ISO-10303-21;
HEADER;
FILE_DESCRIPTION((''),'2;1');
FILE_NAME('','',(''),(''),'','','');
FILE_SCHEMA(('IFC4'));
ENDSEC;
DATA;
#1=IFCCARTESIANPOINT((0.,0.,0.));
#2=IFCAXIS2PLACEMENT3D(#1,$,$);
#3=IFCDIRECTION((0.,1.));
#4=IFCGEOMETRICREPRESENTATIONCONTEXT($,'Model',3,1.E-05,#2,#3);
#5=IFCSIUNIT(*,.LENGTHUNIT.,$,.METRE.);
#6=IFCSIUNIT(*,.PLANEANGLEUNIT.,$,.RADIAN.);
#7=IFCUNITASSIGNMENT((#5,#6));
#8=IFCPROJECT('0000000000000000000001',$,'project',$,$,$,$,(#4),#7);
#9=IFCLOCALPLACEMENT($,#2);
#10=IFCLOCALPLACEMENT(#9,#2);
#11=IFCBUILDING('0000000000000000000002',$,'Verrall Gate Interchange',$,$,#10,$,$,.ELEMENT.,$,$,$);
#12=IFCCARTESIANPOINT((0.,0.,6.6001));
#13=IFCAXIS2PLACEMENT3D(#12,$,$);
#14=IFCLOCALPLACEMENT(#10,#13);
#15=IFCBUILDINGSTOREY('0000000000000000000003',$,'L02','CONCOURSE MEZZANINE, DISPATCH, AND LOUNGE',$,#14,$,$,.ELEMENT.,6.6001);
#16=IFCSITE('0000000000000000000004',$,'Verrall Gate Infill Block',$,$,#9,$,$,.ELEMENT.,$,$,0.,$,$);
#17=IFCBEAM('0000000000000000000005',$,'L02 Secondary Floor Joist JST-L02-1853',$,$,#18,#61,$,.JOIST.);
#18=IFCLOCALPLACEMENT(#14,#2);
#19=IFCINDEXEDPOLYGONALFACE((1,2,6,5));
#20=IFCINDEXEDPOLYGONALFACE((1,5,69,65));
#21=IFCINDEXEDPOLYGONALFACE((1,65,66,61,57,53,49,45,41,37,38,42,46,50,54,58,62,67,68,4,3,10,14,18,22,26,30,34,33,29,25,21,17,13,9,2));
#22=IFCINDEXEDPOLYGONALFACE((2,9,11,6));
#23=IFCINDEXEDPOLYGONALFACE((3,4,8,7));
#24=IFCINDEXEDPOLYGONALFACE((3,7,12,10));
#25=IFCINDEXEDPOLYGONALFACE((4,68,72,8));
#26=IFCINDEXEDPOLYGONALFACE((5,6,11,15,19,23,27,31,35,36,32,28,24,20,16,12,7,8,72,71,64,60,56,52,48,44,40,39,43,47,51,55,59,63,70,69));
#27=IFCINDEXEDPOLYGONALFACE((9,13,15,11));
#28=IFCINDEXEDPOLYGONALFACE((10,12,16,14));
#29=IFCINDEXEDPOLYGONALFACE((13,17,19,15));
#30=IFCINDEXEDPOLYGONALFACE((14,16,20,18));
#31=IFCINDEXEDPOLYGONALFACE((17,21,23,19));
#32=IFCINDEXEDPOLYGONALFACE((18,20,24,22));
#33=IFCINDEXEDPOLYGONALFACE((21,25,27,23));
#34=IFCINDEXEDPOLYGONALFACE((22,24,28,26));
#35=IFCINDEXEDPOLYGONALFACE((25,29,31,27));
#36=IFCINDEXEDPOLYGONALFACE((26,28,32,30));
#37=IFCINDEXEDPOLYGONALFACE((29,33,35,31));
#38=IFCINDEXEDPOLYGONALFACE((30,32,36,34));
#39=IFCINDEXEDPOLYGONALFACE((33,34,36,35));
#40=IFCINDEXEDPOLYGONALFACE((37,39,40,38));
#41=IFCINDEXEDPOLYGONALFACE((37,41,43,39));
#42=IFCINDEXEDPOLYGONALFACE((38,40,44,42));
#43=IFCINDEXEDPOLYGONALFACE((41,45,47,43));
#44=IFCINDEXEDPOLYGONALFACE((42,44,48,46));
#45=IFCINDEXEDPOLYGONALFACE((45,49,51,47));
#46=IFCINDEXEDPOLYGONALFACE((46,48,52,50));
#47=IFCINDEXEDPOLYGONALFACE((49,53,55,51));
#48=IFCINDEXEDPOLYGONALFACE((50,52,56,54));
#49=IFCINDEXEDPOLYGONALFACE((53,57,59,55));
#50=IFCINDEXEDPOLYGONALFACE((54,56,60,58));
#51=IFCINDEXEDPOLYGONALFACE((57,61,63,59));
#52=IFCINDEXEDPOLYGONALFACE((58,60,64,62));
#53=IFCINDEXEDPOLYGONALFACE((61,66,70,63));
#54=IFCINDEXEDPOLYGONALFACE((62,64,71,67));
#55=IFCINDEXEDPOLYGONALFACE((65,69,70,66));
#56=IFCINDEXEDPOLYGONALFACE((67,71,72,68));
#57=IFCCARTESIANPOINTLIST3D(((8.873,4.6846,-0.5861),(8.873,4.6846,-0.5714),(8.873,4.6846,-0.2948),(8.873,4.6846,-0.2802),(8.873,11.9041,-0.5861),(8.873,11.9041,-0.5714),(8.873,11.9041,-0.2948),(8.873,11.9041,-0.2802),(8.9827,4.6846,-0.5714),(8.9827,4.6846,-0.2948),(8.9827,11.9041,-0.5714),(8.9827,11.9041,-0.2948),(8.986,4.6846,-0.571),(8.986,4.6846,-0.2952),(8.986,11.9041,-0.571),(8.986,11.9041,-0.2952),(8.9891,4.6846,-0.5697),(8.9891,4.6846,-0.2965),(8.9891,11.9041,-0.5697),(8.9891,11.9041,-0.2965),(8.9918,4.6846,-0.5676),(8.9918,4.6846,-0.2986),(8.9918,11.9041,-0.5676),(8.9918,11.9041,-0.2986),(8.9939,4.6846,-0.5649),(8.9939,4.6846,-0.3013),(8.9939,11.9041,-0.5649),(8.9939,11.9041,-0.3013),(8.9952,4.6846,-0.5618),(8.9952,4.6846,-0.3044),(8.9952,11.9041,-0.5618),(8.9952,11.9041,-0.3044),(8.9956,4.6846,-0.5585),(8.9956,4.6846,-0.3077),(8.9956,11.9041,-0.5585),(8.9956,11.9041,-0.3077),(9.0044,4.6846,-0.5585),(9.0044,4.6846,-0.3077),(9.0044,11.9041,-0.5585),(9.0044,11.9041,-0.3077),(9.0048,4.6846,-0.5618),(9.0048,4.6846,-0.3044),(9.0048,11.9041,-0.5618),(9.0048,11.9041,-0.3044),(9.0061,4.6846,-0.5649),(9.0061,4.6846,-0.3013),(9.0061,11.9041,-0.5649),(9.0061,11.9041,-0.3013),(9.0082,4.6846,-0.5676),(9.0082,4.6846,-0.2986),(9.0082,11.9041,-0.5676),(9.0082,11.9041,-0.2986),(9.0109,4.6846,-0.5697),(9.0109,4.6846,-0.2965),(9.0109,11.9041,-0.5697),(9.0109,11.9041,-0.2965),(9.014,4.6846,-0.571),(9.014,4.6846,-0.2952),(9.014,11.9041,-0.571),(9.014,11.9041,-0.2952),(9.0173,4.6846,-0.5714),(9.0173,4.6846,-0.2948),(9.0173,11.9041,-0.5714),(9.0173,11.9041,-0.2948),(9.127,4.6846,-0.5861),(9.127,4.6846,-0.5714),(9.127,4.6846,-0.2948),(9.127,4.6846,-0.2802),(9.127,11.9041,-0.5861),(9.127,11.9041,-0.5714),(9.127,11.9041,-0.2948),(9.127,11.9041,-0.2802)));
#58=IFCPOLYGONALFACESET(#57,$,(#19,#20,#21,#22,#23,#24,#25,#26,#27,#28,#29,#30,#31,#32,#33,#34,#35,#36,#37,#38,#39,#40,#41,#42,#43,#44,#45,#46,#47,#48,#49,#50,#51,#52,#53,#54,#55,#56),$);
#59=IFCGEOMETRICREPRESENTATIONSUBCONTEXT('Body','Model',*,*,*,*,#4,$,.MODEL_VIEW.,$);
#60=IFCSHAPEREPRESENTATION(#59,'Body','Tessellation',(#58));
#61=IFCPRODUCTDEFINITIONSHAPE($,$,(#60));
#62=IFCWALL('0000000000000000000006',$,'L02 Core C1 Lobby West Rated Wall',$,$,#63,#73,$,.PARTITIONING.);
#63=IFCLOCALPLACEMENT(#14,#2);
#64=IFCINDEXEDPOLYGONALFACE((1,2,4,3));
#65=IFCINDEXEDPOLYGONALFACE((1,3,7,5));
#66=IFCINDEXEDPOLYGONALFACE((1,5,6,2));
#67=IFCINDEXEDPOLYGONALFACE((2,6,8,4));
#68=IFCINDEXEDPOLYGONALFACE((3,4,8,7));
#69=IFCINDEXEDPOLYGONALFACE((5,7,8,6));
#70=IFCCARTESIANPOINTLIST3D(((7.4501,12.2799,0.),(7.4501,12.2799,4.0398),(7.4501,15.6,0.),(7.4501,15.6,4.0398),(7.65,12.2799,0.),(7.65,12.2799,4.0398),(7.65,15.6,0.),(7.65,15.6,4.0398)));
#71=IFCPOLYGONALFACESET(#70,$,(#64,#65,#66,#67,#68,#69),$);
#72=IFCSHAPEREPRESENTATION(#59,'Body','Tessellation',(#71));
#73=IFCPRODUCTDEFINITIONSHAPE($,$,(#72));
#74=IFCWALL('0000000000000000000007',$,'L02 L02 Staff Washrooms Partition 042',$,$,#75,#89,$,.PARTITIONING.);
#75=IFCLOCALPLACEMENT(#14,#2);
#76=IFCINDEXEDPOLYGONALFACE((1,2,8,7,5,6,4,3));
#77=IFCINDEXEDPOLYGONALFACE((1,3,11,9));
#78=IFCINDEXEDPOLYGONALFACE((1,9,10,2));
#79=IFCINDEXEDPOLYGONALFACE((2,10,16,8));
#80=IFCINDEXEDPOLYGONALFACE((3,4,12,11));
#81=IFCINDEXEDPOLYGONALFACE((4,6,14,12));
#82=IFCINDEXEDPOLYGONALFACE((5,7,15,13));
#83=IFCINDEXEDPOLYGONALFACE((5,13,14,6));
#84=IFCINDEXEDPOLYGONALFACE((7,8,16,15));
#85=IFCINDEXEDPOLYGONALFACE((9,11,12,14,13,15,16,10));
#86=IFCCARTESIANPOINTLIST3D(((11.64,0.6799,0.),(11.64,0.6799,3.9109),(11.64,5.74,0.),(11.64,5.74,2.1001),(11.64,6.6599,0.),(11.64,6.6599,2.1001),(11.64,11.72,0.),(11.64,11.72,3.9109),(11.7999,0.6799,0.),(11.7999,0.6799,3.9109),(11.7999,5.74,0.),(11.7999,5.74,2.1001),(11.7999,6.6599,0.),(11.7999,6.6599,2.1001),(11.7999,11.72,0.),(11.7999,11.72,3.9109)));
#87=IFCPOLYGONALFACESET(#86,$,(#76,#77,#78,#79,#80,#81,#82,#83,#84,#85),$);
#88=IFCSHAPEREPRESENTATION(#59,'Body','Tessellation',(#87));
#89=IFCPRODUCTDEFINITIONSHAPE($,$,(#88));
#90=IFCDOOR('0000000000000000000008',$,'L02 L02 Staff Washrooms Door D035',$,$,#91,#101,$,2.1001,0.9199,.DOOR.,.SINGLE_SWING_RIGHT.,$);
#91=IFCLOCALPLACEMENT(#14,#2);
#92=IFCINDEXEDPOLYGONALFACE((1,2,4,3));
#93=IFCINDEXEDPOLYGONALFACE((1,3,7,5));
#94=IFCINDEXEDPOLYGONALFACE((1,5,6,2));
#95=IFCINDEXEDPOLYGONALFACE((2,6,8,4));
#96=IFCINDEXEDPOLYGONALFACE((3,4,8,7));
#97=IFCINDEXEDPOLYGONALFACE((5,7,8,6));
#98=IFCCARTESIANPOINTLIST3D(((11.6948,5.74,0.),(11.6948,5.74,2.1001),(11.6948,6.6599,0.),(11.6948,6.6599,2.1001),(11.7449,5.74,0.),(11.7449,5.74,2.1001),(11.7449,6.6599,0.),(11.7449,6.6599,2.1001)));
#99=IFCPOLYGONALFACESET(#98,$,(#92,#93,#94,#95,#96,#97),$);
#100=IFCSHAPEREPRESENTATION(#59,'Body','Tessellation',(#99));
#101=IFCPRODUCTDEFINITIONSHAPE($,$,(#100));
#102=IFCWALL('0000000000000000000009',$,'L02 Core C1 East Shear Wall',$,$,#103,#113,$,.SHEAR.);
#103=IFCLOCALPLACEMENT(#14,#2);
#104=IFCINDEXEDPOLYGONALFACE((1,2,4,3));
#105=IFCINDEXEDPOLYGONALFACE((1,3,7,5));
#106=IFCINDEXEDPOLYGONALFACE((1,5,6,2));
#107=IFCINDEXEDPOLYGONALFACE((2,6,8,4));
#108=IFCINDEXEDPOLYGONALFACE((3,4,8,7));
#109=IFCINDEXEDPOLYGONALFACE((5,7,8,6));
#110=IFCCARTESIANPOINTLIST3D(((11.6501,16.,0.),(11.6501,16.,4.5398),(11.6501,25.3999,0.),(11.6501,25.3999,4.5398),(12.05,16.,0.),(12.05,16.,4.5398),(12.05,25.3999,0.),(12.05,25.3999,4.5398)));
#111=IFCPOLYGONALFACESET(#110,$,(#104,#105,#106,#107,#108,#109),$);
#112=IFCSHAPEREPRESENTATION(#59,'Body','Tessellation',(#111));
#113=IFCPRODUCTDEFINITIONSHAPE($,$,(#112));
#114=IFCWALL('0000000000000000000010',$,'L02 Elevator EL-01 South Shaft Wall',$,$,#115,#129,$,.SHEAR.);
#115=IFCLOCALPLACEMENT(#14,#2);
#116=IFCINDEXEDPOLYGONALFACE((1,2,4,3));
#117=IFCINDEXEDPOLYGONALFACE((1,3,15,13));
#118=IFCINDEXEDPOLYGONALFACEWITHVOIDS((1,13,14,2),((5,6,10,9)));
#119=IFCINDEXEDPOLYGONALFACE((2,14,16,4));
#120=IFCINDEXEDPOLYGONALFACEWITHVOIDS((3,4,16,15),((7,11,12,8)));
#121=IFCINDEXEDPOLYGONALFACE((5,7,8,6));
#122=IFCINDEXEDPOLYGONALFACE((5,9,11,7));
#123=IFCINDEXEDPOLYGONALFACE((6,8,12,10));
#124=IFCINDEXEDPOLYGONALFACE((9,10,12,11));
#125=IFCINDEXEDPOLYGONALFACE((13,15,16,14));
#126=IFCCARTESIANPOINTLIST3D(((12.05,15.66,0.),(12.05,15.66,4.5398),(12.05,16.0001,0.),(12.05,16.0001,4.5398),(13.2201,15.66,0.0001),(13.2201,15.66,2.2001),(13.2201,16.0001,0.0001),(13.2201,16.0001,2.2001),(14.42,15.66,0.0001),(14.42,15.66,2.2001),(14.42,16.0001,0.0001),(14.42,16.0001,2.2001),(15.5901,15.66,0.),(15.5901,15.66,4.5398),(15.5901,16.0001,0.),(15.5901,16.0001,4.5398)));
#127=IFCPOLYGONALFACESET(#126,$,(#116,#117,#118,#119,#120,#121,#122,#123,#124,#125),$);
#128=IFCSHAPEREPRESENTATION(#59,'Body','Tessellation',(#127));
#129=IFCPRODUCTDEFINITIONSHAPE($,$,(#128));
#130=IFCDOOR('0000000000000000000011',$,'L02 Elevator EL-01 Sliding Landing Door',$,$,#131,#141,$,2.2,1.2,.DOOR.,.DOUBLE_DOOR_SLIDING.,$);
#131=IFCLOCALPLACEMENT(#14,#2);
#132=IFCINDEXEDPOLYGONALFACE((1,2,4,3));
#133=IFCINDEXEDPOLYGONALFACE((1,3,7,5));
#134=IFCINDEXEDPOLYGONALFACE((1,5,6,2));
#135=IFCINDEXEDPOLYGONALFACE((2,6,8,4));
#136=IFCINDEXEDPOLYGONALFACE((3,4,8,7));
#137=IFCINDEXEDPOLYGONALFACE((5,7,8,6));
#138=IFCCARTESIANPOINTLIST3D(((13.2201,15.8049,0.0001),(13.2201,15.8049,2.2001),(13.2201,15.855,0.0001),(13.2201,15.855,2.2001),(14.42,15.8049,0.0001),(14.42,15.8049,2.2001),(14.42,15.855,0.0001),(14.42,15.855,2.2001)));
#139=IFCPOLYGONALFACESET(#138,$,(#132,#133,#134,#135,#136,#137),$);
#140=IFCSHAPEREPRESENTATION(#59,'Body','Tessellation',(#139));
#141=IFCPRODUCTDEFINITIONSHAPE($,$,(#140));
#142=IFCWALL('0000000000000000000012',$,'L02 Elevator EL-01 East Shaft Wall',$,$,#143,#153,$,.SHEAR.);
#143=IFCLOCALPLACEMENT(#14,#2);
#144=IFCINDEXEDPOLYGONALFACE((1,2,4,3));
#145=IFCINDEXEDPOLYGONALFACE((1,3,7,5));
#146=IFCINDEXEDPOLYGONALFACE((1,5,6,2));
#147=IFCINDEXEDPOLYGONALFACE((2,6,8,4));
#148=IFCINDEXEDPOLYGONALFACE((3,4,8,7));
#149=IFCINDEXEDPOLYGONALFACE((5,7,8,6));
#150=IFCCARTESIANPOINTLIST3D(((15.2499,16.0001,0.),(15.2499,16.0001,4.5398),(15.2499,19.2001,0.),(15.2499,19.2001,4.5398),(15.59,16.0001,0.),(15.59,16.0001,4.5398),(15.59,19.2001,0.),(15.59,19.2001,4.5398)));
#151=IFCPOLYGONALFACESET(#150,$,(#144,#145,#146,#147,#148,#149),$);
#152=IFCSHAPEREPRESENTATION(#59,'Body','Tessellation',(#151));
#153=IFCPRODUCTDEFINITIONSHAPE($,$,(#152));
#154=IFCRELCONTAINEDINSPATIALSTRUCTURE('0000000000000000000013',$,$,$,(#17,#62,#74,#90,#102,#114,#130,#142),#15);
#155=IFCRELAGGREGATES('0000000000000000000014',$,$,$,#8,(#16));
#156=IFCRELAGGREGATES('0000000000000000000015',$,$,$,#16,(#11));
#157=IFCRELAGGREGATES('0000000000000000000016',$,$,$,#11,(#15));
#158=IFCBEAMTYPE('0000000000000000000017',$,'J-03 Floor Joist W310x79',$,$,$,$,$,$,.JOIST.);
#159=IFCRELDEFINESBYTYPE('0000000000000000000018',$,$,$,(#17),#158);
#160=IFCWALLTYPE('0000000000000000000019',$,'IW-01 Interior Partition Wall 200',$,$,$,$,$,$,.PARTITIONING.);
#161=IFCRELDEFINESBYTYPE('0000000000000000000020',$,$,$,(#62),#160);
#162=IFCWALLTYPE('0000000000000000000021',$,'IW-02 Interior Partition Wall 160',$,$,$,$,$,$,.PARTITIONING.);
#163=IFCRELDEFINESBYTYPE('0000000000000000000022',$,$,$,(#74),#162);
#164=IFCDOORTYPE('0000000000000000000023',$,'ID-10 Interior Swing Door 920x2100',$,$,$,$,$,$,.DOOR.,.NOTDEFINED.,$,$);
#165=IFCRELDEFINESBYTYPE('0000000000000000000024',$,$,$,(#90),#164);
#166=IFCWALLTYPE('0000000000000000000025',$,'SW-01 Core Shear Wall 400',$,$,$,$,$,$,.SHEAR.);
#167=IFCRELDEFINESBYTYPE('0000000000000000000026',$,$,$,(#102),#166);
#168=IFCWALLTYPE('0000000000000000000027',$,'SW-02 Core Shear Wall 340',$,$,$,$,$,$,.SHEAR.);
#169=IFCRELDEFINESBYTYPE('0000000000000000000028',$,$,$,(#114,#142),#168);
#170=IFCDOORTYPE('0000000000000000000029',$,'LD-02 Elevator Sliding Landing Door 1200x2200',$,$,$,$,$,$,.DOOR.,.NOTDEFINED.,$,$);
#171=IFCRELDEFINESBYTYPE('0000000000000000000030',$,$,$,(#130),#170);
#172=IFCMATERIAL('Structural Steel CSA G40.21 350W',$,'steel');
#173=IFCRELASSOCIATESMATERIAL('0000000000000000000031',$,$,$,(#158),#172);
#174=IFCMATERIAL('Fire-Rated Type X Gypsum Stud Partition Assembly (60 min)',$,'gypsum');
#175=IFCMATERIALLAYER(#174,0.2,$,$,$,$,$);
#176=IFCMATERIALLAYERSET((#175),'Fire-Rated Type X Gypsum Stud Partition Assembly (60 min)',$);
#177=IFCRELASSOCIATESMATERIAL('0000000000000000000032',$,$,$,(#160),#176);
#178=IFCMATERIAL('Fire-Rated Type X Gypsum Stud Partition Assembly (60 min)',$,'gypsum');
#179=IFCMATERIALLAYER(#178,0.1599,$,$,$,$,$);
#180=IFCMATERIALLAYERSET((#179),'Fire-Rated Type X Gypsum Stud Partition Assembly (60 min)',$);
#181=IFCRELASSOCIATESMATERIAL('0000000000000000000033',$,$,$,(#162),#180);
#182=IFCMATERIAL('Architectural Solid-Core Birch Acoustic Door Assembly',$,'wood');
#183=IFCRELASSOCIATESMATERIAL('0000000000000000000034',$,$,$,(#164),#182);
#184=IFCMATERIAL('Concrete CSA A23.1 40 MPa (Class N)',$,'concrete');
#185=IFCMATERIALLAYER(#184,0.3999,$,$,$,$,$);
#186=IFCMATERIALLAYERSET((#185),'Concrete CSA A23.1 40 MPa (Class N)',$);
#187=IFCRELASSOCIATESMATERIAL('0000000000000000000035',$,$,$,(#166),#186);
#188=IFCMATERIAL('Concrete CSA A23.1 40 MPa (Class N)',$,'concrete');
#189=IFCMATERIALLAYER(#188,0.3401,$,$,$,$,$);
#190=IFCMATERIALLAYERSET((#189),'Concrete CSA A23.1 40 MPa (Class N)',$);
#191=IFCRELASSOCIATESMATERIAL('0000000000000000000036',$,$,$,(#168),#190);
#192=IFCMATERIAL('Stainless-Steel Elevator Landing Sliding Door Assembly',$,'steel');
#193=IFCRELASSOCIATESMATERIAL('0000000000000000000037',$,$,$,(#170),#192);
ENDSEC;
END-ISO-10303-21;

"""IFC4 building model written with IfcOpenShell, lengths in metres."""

from ifc_helpers import new_model, si_unit, direction, frame, frame_2d, origin, origin_2d, place, context, subcontext, project, spatial, rectangle, i_section, extrude, material, layer, layer_set, material_profile, profile_set, type_object, element, fill, save


model = new_model("IFC4")

# Units and contexts
model_context = context("Model", 3, precision=1e-05, world=origin(), true_north=direction((0.0, 1.0)))
body_context = subcontext(model_context, "Body", "Model", "MODEL_VIEW")
ifc_project = project(units=[si_unit("LENGTHUNIT", "METRE"), si_unit("PLANEANGLEUNIT", "RADIAN")], contexts=[model_context])

# Site, building, storey
site_placement = place(None, origin())
site = spatial("IfcSite", under=ifc_project, at=site_placement, Name="Verrall Gate Infill Block", CompositionType="ELEMENT", RefElevation=0.0)
building_placement = place(site_placement, origin())
building = spatial("IfcBuilding", under=site, at=building_placement, Name="Verrall Gate Interchange", CompositionType="ELEMENT")
storey_placement = place(building_placement, frame((0.0, 0.0, 6.6001)))
storey = spatial("IfcBuildingStorey", under=building, at=storey_placement, Name="L02", Description="CONCOURSE MEZZANINE, DISPATCH, AND LOUNGE", CompositionType="ELEMENT", Elevation=6.6001)

# Beam
ifc_material_1 = material(Name="Structural Steel CSA G40.21 350W", Category="steel")
ifc_material_profile_1 = material_profile(ifc_material_1, i_section(OverallWidth=0.2539, OverallDepth=0.3059, WebThickness=0.0088, FlangeThickness=0.0146, FilletRadius=0.0129, at=origin_2d()), Name="W310x79")
ifc_profile_set_1 = profile_set([ifc_material_profile_1], Name="Structural Steel CSA G40.21 350W")
beam_type_1 = type_object("IfcBeamType", Name="J-03 Floor Joist W310x79", PredefinedType="JOIST", material=ifc_profile_set_1)
beam_1_placement = place(storey_placement, frame((9.0, 4.6846, -0.4331), z_axis=(0.0, 1.0, 0.0), x_axis=(-1.0, 0.0, 0.0)))
element("IfcBeam", 1, at=beam_1_placement, inside=storey, type_object=beam_type_1, Name="L02 Secondary Floor Joist JST-L02-1853", PredefinedType="JOIST", context=body_context, shape_type="SweptSolid", body=[
    extrude(i_section(OverallWidth=0.2539, OverallDepth=0.3059, WebThickness=0.0088, FlangeThickness=0.0146, FilletRadius=0.0129, at=origin_2d()), origin(), (0.0, 0.0, 1.0), 7.2195),
])

# Wall
ifc_material_2 = material(Name="Fire-Rated Type X Gypsum Stud Partition Assembly (60 min)", Category="gypsum")
ifc_layer_1 = layer(ifc_material_2, 0.2)
ifc_layer_set_1 = layer_set([ifc_layer_1], Name="Fire-Rated Type X Gypsum Stud Partition Assembly (60 min)")
wall_type_1 = type_object("IfcWallType", Name="IW-01 Interior Partition Wall 200", PredefinedType="PARTITIONING", material=ifc_layer_set_1)
wall_1_placement = place(storey_placement, frame((7.55, 15.6001, 0.0), z_axis=(0.0, 0.0, 1.0), x_axis=(0.0, -1.0, 0.0)))
element("IfcWall", 2, at=wall_1_placement, inside=storey, type_object=wall_type_1, Name="L02 Core C1 Lobby West Rated Wall", PredefinedType="PARTITIONING", context=body_context, shape_type="SweptSolid", body=[
    extrude(rectangle(XDim=3.3201, YDim=0.2, at=frame_2d((1.6602, 0.0))), origin(), (0.0, 0.0, 1.0), 4.0398),
])

# Wall, opening, door
ifc_material_3 = material(Name="Fire-Rated Type X Gypsum Stud Partition Assembly (60 min)", Category="gypsum")
ifc_layer_2 = layer(ifc_material_3, 0.1599)
ifc_layer_set_2 = layer_set([ifc_layer_2], Name="Fire-Rated Type X Gypsum Stud Partition Assembly (60 min)")
wall_type_2 = type_object("IfcWallType", Name="IW-02 Interior Partition Wall 160", PredefinedType="PARTITIONING", material=ifc_layer_set_2)
wall_2_placement = place(storey_placement, frame((11.72, 11.72, 0.0), z_axis=(0.0, 0.0, 1.0), x_axis=(0.0, -1.0, 0.0)))
wall_2 = element("IfcWall", 3, at=wall_2_placement, inside=storey, type_object=wall_type_2, Name="L02 L02 Staff Washrooms Partition 042", PredefinedType="PARTITIONING", context=body_context, shape_type="SweptSolid", body=[
    extrude(rectangle(XDim=11.04, YDim=0.1599, at=frame_2d((5.52, 0.0))), origin(), (0.0, 0.0, 1.0), 3.9109),
])
opening_1_placement = place(wall_2_placement, frame((5.0601, 0.0, 0.0)))
opening_1 = element("IfcOpeningElement", 4, at=opening_1_placement, cuts=wall_2, PredefinedType="OPENING", context=body_context, shape_type="SweptSolid", body=[
    extrude(rectangle(XDim=0.9199, YDim=2.1001, at=frame_2d((0.46, 1.05))), frame((0.0, 0.0947, 0.0), z_axis=(0.0, -1.0, 0.0), x_axis=(1.0, 0.0, 0.0)), (0.0, 0.0, 1.0), 0.1897),
])
ifc_material_4 = material(Name="Architectural Solid-Core Birch Acoustic Door Assembly", Category="wood")
door_type_1 = type_object("IfcDoorType", Name="ID-10 Interior Swing Door 920x2100", OperationType="NOTDEFINED", PredefinedType="DOOR", material=ifc_material_4)
door_1_placement = place(opening_1_placement, origin())
door_1 = element("IfcDoor", 5, at=door_1_placement, inside=storey, type_object=door_type_1, Name="L02 L02 Staff Washrooms Door D035", OperationType="SINGLE_SWING_RIGHT", OverallHeight=2.1001, OverallWidth=0.9199, PredefinedType="DOOR", context=body_context, shape_type="SweptSolid", body=[
    extrude(rectangle(XDim=0.9199, YDim=2.1001, at=frame_2d((0.46, 1.05))), frame((0.0, 0.0249, 0.0), z_axis=(0.0, -1.0, 0.0), x_axis=(1.0, 0.0, 0.0)), (0.0, 0.0, 1.0), 0.05),
])
fill(opening_1, door_1)

# Wall
ifc_material_5 = material(Name="Concrete CSA A23.1 40 MPa (Class N)", Category="concrete")
ifc_layer_3 = layer(ifc_material_5, 0.3999)
ifc_layer_set_3 = layer_set([ifc_layer_3], Name="Concrete CSA A23.1 40 MPa (Class N)")
wall_type_3 = type_object("IfcWallType", Name="SW-01 Core Shear Wall 400", PredefinedType="SHEAR", material=ifc_layer_set_3)
wall_3_placement = place(storey_placement, frame((11.8501, 16.0, 0.0), z_axis=(0.0, 0.0, 1.0), x_axis=(0.0, 1.0, 0.0)))
element("IfcWall", 6, at=wall_3_placement, inside=storey, type_object=wall_type_3, Name="L02 Core C1 East Shear Wall", PredefinedType="SHEAR", context=body_context, shape_type="SweptSolid", body=[
    extrude(rectangle(XDim=9.3999, YDim=0.3999, at=frame_2d((4.7, 0.0))), origin(), (0.0, 0.0, 1.0), 4.5398),
])

# Wall, opening, door
ifc_material_6 = material(Name="Concrete CSA A23.1 40 MPa (Class N)", Category="concrete")
ifc_layer_4 = layer(ifc_material_6, 0.3401)
ifc_layer_set_4 = layer_set([ifc_layer_4], Name="Concrete CSA A23.1 40 MPa (Class N)")
wall_type_4 = type_object("IfcWallType", Name="SW-02 Core Shear Wall 340", PredefinedType="SHEAR", material=ifc_layer_set_4)
wall_4_placement = place(storey_placement, frame((12.05, 15.8301, 0.0), z_axis=(0.0, 0.0, 1.0), x_axis=(1.0, 0.0, 0.0)))
wall_4 = element("IfcWall", 7, at=wall_4_placement, inside=storey, type_object=wall_type_4, Name="L02 Elevator EL-01 South Shaft Wall", PredefinedType="SHEAR", context=body_context, shape_type="SweptSolid", body=[
    extrude(rectangle(XDim=3.54, YDim=0.3401, at=frame_2d((1.77, 0.0))), origin(), (0.0, 0.0, 1.0), 4.5398),
])
opening_2_placement = place(wall_4_placement, frame((1.1699, 0.0, 0.0)))
opening_2 = element("IfcOpeningElement", 8, at=opening_2_placement, cuts=wall_4, PredefinedType="OPENING", context=body_context, shape_type="SweptSolid", body=[
    extrude(rectangle(XDim=1.2, YDim=2.2, at=frame_2d((0.6001, 1.1001))), frame((0.0, 0.1851, 0.0), z_axis=(0.0, -1.0, 0.0), x_axis=(1.0, 0.0, 0.0)), (0.0, 0.0, 1.0), 0.3699),
])
ifc_material_7 = material(Name="Stainless-Steel Elevator Landing Sliding Door Assembly", Category="steel")
door_type_2 = type_object("IfcDoorType", Name="LD-02 Elevator Sliding Landing Door 1200x2200", OperationType="NOTDEFINED", PredefinedType="DOOR", material=ifc_material_7)
door_2_placement = place(opening_2_placement, origin())
door_2 = element("IfcDoor", 9, at=door_2_placement, inside=storey, type_object=door_type_2, Name="L02 Elevator EL-01 Sliding Landing Door", OperationType="DOUBLE_DOOR_SLIDING", OverallHeight=2.2, OverallWidth=1.2, PredefinedType="DOOR", context=body_context, shape_type="SweptSolid", body=[
    extrude(rectangle(XDim=1.2, YDim=2.2, at=frame_2d((0.6001, 1.1001))), frame((0.0, 0.0249, 0.0), z_axis=(0.0, -1.0, 0.0), x_axis=(1.0, 0.0, 0.0)), (0.0, 0.0, 1.0), 0.05),
])
fill(opening_2, door_2)

# Wall
wall_5_placement = place(storey_placement, frame((15.4199, 16.0, 0.0), z_axis=(0.0, 0.0, 1.0), x_axis=(0.0, 1.0, 0.0)))
element("IfcWall", 10, at=wall_5_placement, inside=storey, type_object=wall_type_4, Name="L02 Elevator EL-01 East Shaft Wall", PredefinedType="SHEAR", context=body_context, shape_type="SweptSolid", body=[
    extrude(rectangle(XDim=3.2, YDim=0.3401, at=frame_2d((1.6001, 0.0))), origin(), (0.0, 0.0, 1.0), 4.5398),
])

save(model, "model.ifc")
